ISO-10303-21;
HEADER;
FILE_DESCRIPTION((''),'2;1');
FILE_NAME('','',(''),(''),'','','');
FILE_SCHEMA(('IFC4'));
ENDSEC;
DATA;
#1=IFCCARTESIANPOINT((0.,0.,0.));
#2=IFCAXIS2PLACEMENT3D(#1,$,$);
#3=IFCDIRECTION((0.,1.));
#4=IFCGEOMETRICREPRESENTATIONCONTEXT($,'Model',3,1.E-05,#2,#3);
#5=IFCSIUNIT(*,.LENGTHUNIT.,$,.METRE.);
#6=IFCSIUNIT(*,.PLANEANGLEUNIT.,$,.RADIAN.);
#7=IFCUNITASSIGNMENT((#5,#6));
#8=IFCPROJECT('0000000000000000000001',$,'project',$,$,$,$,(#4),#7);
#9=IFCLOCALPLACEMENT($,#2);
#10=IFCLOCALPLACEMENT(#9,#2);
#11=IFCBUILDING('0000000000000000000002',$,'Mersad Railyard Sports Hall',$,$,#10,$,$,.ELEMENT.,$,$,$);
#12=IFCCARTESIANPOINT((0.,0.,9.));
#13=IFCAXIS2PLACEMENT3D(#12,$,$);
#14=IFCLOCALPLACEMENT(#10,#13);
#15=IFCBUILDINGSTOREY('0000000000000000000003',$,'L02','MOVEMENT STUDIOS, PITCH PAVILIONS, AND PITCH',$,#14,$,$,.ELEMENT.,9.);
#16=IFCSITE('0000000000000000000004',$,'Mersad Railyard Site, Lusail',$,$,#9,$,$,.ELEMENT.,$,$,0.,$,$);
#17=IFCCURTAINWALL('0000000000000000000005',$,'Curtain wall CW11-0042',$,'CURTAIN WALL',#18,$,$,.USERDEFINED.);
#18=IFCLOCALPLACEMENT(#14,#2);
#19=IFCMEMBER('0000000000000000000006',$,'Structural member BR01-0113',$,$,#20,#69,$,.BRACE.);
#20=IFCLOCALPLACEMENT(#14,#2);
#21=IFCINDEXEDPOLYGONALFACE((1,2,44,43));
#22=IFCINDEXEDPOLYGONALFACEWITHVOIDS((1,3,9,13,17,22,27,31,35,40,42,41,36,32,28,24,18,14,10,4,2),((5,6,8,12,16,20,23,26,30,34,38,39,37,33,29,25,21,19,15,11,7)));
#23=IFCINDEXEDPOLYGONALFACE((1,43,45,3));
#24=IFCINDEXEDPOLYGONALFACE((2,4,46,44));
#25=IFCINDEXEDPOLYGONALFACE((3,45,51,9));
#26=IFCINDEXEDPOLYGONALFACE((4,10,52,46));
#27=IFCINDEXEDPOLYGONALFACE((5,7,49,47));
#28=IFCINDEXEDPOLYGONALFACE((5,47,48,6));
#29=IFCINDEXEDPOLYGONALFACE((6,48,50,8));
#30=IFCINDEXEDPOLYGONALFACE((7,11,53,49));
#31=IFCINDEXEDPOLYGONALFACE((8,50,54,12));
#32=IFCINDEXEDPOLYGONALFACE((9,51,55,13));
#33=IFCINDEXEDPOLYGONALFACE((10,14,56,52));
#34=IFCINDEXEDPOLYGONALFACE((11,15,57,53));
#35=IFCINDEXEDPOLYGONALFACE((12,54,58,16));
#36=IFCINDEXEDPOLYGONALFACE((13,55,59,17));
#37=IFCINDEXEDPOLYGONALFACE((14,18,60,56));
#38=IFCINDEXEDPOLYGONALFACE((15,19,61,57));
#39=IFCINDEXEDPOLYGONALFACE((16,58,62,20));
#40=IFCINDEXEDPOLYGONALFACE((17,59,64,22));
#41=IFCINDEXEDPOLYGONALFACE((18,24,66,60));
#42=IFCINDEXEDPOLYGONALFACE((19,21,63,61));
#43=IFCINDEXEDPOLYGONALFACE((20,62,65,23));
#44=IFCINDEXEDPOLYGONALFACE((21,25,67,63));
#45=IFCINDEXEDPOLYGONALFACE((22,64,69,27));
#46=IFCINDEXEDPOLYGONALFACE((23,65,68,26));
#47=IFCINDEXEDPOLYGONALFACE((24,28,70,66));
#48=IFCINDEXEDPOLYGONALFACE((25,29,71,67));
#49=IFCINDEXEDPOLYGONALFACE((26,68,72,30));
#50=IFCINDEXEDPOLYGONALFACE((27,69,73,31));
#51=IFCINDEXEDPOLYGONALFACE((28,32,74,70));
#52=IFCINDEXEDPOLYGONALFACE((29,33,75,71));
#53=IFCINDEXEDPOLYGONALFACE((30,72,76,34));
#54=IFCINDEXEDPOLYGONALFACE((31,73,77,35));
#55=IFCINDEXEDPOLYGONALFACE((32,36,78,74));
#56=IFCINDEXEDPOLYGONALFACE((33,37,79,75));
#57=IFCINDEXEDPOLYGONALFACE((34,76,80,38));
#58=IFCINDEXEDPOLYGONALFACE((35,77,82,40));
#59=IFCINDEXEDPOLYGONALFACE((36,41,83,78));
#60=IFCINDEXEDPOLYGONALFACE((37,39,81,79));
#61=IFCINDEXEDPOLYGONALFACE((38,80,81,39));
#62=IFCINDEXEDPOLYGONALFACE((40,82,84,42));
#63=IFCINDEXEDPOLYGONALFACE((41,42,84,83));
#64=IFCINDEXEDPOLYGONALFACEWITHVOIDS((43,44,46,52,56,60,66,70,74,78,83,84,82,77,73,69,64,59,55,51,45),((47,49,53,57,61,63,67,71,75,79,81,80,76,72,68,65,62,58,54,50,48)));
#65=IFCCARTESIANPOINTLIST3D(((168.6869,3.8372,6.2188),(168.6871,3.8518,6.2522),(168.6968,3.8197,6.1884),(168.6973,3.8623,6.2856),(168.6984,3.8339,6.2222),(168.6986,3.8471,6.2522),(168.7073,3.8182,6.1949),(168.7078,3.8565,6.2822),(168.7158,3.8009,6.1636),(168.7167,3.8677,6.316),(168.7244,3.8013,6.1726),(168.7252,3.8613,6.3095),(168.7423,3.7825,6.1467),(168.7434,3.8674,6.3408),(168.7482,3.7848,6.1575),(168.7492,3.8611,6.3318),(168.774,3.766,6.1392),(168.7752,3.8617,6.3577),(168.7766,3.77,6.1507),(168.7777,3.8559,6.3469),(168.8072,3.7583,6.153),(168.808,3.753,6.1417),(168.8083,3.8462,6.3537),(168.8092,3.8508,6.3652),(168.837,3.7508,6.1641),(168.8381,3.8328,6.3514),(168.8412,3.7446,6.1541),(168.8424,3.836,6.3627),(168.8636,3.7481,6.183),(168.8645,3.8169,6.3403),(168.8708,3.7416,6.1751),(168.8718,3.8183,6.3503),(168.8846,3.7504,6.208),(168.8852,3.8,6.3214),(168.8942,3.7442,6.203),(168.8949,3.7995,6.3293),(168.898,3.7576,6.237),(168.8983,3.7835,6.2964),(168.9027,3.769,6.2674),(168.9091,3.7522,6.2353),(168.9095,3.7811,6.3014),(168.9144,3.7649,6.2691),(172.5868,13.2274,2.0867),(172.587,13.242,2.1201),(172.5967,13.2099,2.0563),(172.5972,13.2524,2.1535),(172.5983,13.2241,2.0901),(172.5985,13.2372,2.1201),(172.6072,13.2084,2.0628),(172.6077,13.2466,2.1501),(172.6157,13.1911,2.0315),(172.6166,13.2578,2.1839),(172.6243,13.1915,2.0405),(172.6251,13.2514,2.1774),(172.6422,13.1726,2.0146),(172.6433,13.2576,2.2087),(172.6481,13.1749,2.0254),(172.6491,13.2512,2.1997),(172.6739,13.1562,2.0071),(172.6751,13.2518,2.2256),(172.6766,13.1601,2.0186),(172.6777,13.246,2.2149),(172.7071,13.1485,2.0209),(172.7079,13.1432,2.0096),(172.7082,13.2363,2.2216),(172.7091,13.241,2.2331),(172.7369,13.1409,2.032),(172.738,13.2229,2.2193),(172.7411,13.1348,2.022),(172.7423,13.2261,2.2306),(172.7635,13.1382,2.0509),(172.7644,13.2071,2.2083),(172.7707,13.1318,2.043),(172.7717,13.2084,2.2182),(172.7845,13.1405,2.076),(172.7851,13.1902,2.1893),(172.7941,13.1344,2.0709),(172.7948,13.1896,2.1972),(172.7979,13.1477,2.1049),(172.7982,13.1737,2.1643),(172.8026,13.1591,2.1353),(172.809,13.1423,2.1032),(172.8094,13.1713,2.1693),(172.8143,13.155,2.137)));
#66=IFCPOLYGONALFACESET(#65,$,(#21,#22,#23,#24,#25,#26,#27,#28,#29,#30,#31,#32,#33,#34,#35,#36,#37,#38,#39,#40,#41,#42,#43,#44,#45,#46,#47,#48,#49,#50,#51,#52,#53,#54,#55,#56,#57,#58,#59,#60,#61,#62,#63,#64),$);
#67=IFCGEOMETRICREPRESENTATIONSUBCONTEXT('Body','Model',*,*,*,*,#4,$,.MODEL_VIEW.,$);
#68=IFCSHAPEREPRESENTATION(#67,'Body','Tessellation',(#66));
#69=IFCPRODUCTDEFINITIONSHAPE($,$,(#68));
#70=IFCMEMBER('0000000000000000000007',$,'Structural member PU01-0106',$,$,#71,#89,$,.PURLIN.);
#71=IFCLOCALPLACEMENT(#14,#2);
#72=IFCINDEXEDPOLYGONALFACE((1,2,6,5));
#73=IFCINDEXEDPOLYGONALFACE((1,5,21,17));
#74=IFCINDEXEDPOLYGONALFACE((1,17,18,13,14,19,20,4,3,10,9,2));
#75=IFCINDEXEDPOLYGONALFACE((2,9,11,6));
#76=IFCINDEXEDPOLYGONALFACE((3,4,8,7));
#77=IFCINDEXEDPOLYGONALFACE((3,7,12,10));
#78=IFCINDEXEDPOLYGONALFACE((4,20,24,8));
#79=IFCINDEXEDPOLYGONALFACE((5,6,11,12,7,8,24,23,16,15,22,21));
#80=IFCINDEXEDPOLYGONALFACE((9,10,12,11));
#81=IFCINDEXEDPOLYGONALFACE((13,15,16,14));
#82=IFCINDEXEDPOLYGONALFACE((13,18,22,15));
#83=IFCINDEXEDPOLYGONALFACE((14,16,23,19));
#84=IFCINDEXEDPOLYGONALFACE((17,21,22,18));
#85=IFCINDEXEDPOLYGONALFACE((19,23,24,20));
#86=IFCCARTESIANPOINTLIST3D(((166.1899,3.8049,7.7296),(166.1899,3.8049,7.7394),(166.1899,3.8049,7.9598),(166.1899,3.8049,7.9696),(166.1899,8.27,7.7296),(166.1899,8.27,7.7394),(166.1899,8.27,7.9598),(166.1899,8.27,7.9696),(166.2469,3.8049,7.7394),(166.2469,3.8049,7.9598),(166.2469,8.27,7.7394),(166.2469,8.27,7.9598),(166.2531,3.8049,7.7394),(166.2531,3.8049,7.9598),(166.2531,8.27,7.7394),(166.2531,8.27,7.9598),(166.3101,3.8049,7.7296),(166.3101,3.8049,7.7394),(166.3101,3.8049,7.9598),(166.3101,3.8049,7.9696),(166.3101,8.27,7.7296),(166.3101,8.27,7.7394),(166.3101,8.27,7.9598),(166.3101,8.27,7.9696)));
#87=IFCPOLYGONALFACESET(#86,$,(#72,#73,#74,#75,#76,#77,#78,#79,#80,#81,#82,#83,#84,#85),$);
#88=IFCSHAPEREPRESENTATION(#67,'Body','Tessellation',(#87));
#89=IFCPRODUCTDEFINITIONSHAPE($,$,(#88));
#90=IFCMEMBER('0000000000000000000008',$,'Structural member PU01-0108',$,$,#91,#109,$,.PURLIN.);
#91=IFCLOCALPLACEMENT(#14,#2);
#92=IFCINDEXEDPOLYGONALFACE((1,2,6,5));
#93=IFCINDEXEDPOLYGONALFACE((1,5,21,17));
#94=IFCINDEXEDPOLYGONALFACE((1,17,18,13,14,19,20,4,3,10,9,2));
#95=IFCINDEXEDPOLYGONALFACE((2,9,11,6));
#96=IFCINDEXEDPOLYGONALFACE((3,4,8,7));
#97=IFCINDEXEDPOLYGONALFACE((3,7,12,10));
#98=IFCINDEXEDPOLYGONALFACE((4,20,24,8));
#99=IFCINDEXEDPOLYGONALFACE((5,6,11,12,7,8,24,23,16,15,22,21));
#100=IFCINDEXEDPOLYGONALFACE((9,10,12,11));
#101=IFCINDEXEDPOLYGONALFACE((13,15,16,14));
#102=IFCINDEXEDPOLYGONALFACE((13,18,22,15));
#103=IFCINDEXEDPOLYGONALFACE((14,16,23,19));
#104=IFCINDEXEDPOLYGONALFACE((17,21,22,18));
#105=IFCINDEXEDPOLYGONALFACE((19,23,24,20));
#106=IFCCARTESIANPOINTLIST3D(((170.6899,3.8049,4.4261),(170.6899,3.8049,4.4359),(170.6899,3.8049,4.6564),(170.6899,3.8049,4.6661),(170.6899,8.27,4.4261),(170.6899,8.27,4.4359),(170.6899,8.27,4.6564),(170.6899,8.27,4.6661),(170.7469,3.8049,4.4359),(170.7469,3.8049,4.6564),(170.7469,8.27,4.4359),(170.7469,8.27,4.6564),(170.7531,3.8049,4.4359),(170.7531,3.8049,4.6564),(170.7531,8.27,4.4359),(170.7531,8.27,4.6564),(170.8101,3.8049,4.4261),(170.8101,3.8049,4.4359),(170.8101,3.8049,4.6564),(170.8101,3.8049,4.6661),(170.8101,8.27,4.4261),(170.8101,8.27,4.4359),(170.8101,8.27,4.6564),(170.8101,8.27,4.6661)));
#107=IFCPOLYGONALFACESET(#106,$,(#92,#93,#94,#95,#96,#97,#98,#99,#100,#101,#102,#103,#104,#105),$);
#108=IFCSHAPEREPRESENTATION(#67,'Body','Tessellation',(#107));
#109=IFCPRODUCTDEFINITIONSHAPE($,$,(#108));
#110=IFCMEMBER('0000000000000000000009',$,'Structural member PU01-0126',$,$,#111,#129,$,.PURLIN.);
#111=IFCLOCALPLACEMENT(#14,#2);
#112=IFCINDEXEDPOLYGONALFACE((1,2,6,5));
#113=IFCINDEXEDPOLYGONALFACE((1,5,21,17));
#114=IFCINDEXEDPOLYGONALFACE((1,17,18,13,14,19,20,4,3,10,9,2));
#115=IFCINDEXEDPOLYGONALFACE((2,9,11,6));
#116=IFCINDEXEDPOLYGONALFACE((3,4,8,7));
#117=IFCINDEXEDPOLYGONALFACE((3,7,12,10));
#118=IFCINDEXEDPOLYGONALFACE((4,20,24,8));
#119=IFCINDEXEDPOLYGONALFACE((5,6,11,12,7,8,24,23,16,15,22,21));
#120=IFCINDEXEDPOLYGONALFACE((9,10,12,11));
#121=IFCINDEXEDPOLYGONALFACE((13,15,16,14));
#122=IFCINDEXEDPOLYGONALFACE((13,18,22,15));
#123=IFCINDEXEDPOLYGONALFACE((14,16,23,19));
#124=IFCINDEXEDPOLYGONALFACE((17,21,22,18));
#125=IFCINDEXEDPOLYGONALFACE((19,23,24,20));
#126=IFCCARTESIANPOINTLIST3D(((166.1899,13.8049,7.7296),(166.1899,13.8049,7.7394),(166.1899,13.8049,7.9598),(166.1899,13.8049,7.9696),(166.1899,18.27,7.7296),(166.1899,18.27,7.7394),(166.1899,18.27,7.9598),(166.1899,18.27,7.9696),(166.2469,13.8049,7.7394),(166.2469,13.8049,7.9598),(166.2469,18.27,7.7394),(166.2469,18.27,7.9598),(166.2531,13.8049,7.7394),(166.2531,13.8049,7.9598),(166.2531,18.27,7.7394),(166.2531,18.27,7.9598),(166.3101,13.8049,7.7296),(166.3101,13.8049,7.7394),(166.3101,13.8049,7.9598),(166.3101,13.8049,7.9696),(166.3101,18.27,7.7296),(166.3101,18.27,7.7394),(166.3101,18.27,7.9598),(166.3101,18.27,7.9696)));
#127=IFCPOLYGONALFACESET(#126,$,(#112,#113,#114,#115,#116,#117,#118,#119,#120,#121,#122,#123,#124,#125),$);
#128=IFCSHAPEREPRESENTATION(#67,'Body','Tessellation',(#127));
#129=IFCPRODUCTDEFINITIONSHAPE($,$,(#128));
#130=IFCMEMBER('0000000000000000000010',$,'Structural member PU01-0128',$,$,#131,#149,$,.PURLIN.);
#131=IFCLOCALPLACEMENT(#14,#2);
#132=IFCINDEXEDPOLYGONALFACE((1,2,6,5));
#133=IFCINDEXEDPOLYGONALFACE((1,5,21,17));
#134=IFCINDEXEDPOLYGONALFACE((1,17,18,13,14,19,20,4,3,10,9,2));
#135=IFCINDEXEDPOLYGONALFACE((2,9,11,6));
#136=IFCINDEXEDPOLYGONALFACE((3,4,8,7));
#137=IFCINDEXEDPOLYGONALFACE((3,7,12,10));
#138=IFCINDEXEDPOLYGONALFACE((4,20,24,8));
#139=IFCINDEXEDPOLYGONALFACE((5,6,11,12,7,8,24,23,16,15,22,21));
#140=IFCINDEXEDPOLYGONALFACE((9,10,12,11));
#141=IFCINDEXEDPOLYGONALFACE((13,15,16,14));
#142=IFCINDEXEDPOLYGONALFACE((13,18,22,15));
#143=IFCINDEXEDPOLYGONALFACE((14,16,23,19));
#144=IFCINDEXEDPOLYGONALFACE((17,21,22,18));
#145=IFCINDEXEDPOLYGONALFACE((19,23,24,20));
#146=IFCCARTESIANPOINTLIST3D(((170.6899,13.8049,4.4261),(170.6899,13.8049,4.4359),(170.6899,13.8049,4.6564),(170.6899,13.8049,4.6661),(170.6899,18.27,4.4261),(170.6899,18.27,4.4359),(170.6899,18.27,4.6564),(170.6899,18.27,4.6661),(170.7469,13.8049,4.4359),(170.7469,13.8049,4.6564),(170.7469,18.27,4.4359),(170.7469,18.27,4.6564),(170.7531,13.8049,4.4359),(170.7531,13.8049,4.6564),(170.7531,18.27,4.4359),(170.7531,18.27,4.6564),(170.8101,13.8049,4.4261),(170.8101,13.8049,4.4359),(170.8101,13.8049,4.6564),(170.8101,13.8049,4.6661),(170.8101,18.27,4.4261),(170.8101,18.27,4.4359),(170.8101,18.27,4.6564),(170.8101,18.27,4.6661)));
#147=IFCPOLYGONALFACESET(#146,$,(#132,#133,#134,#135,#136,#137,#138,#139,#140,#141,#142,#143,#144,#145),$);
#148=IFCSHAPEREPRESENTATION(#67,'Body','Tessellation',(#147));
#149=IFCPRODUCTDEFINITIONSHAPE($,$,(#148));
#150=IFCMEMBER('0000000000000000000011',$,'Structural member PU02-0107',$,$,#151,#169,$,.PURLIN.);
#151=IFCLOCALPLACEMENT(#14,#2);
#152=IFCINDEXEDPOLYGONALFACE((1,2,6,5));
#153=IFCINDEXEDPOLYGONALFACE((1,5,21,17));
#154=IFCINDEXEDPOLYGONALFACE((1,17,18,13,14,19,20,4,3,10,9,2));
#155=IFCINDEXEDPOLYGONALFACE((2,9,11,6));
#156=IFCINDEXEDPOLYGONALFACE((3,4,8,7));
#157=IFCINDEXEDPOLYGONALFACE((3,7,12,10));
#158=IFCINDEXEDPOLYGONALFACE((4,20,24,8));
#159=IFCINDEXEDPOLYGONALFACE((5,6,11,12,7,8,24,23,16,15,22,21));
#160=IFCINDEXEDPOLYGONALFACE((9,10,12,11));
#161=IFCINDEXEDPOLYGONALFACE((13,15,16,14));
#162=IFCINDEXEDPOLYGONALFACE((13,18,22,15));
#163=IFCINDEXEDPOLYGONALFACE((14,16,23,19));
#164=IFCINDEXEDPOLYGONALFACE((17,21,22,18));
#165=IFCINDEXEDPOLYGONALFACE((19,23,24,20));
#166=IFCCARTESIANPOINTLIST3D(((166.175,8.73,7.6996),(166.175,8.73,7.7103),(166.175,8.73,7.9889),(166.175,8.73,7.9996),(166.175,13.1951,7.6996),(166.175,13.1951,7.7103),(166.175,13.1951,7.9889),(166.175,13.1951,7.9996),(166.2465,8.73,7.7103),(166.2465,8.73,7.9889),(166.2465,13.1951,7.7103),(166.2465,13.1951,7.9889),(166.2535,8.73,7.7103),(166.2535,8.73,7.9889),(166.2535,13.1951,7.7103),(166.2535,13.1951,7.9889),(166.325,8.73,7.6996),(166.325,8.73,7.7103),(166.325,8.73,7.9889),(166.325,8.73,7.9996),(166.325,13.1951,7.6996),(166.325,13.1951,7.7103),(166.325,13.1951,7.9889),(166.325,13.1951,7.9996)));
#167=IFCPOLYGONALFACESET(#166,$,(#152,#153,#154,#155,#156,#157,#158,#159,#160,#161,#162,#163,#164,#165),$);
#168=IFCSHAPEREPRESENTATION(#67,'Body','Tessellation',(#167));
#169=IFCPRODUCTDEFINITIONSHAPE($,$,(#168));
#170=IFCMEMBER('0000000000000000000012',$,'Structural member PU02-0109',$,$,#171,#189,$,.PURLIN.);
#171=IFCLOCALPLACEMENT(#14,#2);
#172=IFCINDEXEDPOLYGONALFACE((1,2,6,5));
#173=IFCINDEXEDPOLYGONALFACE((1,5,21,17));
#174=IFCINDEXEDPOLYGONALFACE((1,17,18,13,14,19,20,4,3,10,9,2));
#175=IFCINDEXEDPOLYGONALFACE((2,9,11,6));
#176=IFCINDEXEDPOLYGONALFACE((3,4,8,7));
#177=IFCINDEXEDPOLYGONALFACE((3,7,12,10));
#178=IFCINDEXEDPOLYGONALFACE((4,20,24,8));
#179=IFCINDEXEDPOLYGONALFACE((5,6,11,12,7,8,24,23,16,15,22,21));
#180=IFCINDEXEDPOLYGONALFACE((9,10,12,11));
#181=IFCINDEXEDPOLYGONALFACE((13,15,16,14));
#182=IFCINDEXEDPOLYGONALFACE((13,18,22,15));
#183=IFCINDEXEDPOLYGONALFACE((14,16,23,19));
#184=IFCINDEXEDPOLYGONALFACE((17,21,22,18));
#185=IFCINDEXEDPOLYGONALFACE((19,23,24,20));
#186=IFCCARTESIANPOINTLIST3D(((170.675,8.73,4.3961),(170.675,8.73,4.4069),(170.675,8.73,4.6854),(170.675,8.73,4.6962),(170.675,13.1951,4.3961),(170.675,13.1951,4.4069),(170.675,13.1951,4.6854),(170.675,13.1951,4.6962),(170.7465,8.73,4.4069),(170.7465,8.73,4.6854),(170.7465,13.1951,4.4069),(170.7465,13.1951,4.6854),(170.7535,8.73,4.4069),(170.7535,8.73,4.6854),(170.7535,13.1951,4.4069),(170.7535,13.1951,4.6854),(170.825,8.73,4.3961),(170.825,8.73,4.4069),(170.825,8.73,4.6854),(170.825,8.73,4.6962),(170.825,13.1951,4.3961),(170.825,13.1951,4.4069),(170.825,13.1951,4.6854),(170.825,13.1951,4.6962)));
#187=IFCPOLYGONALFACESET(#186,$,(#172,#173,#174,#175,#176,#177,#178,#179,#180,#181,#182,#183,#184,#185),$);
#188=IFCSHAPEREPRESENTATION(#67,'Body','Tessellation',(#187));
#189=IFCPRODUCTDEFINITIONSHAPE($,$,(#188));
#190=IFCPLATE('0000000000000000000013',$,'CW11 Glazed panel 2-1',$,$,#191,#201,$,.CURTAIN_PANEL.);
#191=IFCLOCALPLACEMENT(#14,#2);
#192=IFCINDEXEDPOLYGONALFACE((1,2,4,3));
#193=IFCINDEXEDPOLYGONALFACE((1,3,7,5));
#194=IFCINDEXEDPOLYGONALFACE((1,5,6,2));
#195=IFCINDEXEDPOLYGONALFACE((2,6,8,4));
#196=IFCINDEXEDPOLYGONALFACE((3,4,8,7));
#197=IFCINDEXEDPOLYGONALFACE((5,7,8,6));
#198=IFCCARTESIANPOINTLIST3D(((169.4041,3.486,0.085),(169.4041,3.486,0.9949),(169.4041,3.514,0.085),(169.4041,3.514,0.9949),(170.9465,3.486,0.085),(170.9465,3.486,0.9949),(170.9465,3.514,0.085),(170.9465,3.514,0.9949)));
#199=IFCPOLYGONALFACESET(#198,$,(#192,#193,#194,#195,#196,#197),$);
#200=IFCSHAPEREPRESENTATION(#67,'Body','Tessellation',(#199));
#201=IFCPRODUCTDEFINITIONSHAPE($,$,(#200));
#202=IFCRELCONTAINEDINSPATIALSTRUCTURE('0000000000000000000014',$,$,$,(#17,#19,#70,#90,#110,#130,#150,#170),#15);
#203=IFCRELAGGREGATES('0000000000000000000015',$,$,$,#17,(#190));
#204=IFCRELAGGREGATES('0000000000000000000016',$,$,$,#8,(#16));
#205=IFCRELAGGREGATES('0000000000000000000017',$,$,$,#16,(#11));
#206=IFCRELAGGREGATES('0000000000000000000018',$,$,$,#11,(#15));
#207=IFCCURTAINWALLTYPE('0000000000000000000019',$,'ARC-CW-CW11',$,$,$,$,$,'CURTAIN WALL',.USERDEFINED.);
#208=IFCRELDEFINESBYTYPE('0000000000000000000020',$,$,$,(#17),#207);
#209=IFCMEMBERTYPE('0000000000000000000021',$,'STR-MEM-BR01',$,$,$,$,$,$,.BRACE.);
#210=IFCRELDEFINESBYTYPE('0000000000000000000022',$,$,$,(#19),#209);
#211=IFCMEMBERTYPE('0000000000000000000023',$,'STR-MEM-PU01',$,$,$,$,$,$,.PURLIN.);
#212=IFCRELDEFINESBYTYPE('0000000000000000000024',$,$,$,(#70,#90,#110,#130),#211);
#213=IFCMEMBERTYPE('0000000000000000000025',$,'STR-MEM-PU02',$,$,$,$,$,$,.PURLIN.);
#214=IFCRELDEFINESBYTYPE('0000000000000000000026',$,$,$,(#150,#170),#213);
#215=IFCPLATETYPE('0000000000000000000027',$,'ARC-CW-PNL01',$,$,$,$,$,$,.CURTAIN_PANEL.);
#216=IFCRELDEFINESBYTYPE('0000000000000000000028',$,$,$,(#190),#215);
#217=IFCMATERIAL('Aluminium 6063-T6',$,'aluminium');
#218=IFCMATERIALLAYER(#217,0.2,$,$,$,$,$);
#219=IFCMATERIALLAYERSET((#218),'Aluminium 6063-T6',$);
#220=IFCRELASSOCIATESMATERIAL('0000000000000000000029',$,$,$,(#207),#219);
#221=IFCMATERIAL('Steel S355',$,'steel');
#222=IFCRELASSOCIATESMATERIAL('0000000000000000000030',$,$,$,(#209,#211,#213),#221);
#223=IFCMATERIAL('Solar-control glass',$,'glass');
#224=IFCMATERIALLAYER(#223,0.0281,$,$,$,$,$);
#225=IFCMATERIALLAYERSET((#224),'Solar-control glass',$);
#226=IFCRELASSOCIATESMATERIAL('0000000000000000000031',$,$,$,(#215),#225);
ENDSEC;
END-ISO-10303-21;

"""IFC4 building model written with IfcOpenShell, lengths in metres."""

from ifc_helpers import new_model, si_unit, direction, frame, origin, origin_2d, place, context, subcontext, project, spatial, rectangle, hollow_circle, i_section, extrude, material, layer, layer_set, material_profile, profile_set, type_object, element, aggregate, save


model = new_model("IFC4")

# Units and contexts
model_context = context("Model", 3, precision=1e-05, world=origin(), true_north=direction((0.0, 1.0)))
body_context = subcontext(model_context, "Body", "Model", "MODEL_VIEW")
ifc_project = project(units=[si_unit("LENGTHUNIT", "METRE"), si_unit("PLANEANGLEUNIT", "RADIAN")], contexts=[model_context])

# Site, building, storey
site_placement = place(None, origin())
site = spatial("IfcSite", under=ifc_project, at=site_placement, Name="Mersad Railyard Site, Lusail", CompositionType="ELEMENT", RefElevation=0.0)
building_placement = place(site_placement, origin())
building = spatial("IfcBuilding", under=site, at=building_placement, Name="Mersad Railyard Sports Hall", CompositionType="ELEMENT")
storey_placement = place(building_placement, frame((0.0, 0.0, 9.0)))
storey = spatial("IfcBuildingStorey", under=building, at=storey_placement, Name="L02", Description="MOVEMENT STUDIOS, PITCH PAVILIONS, AND PITCH", CompositionType="ELEMENT", Elevation=9.0)

# Curtain wall
ifc_material_1 = material(Name="Aluminium 6063-T6", Category="aluminium")
ifc_layer_1 = layer(ifc_material_1, 0.2)
ifc_layer_set_1 = layer_set([ifc_layer_1], Name="Aluminium 6063-T6")
curtain_wall_type = type_object("IfcCurtainWallType", Name="ARC-CW-CW11", ElementType="CURTAIN WALL", PredefinedType="USERDEFINED", material=ifc_layer_set_1)
curtain_wall_placement = place(storey_placement, origin())
curtain_wall = element("IfcCurtainWall", 1, at=curtain_wall_placement, inside=storey, type_object=curtain_wall_type, Name="Curtain wall CW11-0042", ObjectType="CURTAIN WALL", PredefinedType="USERDEFINED")

# Members
ifc_material_2 = material(Name="Steel S355", Category="steel")
ifc_material_profile_1 = material_profile(ifc_material_2, hollow_circle(Radius=0.1223, WallThickness=0.0125, at=origin_2d()), Name="CHS 244.5x12.5")
ifc_profile_set_1 = profile_set([ifc_material_profile_1], Name="Steel S355")
member_type_1 = type_object("IfcMemberType", Name="STR-MEM-BR01", PredefinedType="BRACE", material=ifc_profile_set_1)
member_1_placement = place(storey_placement, frame((168.8, 3.8049, 6.2522), z_axis=(0.355333, 0.855567, -0.376488), x_axis=(-0.923518, 0.383555, 0.0)))
element("IfcMember", 2, at=member_1_placement, inside=storey, type_object=member_type_1, Name="Structural member BR01-0113", PredefinedType="BRACE", context=body_context, shape_type="SweptSolid", body=[
    extrude(hollow_circle(Radius=0.1223, WallThickness=0.0125, at=origin_2d()), origin(), (0.0, 0.0, 1.0), 10.9753),
])
ifc_material_profile_2 = material_profile(ifc_material_2, i_section(OverallWidth=0.1201, OverallDepth=0.24, WebThickness=0.0061, FlangeThickness=0.0098, at=origin_2d()), Name="IPE 240")
ifc_profile_set_2 = profile_set([ifc_material_profile_2], Name="Steel S355")
member_type_2 = type_object("IfcMemberType", Name="STR-MEM-PU01", PredefinedType="PURLIN", material=ifc_profile_set_2)
for number, where, z_axis, x_axis, name in (
    (3, (166.25, 3.8049, 7.8496), (0.0, 1.0, 0.0), (-1.0, 0.0, 0.0), "Structural member PU01-0106"),
    (4, (170.75, 3.8049, 4.5461), (0.0, 1.0, 0.0), (-1.0, 0.0, 0.0), "Structural member PU01-0108"),
    (5, (166.25, 13.8049, 7.8496), (0.0, 1.0, 0.0), (-1.0, 0.0, 0.0), "Structural member PU01-0126"),
    (6, (170.75, 13.8049, 4.5461), (0.0, 1.0, 0.0), (-1.0, 0.0, 0.0), "Structural member PU01-0128"),
):
    element("IfcMember", number, at=place(storey_placement, frame(where, z_axis=z_axis, x_axis=x_axis)), inside=storey, type_object=member_type_2, Name=name, PredefinedType="PURLIN", context=body_context, shape_type="SweptSolid", body=[
        extrude(i_section(OverallWidth=0.1201, OverallDepth=0.24, WebThickness=0.0061, FlangeThickness=0.0098, at=origin_2d()), origin(), (0.0, 0.0, 1.0), 4.4651),
    ])
ifc_material_profile_3 = material_profile(ifc_material_2, i_section(OverallWidth=0.1499, OverallDepth=0.3, WebThickness=0.0071, FlangeThickness=0.0107, at=origin_2d()), Name="IPE 300")
ifc_profile_set_3 = profile_set([ifc_material_profile_3], Name="Steel S355")
member_type_3 = type_object("IfcMemberType", Name="STR-MEM-PU02", PredefinedType="PURLIN", material=ifc_profile_set_3)
for number, where, z_axis, x_axis, name in (
    (7, (166.25, 8.73, 7.8496), (0.0, 1.0, 0.0), (-1.0, 0.0, 0.0), "Structural member PU02-0107"),
    (8, (170.75, 8.73, 4.5461), (0.0, 1.0, 0.0), (-1.0, 0.0, 0.0), "Structural member PU02-0109"),
):
    element("IfcMember", number, at=place(storey_placement, frame(where, z_axis=z_axis, x_axis=x_axis)), inside=storey, type_object=member_type_3, Name=name, PredefinedType="PURLIN", context=body_context, shape_type="SweptSolid", body=[
        extrude(i_section(OverallWidth=0.1499, OverallDepth=0.3, WebThickness=0.0071, FlangeThickness=0.0107, at=origin_2d()), origin(), (0.0, 0.0, 1.0), 4.4651),
    ])

# Plate
ifc_material_3 = material(Name="Solar-control glass", Category="glass")
ifc_layer_2 = layer(ifc_material_3, 0.0281)
ifc_layer_set_2 = layer_set([ifc_layer_2], Name="Solar-control glass")
plate_type_1 = type_object("IfcPlateType", Name="ARC-CW-PNL01", PredefinedType="CURTAIN_PANEL", material=ifc_layer_set_2)
plate_1_placement = place(storey_placement, frame((170.1753, 3.5, 0.085), z_axis=(0.0, 0.0, 1.0), x_axis=(-1.0, 0.0, 0.0)))
plate_1 = element("IfcPlate", 9, at=plate_1_placement, type_object=plate_type_1, Name="CW11 Glazed panel 2-1", PredefinedType="CURTAIN_PANEL", context=body_context, shape_type="SweptSolid", body=[
    extrude(rectangle(XDim=1.5425, YDim=0.0281, at=origin_2d()), origin(), (0.0, 0.0, 1.0), 0.9099),
])
aggregate(curtain_wall, [plate_1])

save(model, "model.ifc")
